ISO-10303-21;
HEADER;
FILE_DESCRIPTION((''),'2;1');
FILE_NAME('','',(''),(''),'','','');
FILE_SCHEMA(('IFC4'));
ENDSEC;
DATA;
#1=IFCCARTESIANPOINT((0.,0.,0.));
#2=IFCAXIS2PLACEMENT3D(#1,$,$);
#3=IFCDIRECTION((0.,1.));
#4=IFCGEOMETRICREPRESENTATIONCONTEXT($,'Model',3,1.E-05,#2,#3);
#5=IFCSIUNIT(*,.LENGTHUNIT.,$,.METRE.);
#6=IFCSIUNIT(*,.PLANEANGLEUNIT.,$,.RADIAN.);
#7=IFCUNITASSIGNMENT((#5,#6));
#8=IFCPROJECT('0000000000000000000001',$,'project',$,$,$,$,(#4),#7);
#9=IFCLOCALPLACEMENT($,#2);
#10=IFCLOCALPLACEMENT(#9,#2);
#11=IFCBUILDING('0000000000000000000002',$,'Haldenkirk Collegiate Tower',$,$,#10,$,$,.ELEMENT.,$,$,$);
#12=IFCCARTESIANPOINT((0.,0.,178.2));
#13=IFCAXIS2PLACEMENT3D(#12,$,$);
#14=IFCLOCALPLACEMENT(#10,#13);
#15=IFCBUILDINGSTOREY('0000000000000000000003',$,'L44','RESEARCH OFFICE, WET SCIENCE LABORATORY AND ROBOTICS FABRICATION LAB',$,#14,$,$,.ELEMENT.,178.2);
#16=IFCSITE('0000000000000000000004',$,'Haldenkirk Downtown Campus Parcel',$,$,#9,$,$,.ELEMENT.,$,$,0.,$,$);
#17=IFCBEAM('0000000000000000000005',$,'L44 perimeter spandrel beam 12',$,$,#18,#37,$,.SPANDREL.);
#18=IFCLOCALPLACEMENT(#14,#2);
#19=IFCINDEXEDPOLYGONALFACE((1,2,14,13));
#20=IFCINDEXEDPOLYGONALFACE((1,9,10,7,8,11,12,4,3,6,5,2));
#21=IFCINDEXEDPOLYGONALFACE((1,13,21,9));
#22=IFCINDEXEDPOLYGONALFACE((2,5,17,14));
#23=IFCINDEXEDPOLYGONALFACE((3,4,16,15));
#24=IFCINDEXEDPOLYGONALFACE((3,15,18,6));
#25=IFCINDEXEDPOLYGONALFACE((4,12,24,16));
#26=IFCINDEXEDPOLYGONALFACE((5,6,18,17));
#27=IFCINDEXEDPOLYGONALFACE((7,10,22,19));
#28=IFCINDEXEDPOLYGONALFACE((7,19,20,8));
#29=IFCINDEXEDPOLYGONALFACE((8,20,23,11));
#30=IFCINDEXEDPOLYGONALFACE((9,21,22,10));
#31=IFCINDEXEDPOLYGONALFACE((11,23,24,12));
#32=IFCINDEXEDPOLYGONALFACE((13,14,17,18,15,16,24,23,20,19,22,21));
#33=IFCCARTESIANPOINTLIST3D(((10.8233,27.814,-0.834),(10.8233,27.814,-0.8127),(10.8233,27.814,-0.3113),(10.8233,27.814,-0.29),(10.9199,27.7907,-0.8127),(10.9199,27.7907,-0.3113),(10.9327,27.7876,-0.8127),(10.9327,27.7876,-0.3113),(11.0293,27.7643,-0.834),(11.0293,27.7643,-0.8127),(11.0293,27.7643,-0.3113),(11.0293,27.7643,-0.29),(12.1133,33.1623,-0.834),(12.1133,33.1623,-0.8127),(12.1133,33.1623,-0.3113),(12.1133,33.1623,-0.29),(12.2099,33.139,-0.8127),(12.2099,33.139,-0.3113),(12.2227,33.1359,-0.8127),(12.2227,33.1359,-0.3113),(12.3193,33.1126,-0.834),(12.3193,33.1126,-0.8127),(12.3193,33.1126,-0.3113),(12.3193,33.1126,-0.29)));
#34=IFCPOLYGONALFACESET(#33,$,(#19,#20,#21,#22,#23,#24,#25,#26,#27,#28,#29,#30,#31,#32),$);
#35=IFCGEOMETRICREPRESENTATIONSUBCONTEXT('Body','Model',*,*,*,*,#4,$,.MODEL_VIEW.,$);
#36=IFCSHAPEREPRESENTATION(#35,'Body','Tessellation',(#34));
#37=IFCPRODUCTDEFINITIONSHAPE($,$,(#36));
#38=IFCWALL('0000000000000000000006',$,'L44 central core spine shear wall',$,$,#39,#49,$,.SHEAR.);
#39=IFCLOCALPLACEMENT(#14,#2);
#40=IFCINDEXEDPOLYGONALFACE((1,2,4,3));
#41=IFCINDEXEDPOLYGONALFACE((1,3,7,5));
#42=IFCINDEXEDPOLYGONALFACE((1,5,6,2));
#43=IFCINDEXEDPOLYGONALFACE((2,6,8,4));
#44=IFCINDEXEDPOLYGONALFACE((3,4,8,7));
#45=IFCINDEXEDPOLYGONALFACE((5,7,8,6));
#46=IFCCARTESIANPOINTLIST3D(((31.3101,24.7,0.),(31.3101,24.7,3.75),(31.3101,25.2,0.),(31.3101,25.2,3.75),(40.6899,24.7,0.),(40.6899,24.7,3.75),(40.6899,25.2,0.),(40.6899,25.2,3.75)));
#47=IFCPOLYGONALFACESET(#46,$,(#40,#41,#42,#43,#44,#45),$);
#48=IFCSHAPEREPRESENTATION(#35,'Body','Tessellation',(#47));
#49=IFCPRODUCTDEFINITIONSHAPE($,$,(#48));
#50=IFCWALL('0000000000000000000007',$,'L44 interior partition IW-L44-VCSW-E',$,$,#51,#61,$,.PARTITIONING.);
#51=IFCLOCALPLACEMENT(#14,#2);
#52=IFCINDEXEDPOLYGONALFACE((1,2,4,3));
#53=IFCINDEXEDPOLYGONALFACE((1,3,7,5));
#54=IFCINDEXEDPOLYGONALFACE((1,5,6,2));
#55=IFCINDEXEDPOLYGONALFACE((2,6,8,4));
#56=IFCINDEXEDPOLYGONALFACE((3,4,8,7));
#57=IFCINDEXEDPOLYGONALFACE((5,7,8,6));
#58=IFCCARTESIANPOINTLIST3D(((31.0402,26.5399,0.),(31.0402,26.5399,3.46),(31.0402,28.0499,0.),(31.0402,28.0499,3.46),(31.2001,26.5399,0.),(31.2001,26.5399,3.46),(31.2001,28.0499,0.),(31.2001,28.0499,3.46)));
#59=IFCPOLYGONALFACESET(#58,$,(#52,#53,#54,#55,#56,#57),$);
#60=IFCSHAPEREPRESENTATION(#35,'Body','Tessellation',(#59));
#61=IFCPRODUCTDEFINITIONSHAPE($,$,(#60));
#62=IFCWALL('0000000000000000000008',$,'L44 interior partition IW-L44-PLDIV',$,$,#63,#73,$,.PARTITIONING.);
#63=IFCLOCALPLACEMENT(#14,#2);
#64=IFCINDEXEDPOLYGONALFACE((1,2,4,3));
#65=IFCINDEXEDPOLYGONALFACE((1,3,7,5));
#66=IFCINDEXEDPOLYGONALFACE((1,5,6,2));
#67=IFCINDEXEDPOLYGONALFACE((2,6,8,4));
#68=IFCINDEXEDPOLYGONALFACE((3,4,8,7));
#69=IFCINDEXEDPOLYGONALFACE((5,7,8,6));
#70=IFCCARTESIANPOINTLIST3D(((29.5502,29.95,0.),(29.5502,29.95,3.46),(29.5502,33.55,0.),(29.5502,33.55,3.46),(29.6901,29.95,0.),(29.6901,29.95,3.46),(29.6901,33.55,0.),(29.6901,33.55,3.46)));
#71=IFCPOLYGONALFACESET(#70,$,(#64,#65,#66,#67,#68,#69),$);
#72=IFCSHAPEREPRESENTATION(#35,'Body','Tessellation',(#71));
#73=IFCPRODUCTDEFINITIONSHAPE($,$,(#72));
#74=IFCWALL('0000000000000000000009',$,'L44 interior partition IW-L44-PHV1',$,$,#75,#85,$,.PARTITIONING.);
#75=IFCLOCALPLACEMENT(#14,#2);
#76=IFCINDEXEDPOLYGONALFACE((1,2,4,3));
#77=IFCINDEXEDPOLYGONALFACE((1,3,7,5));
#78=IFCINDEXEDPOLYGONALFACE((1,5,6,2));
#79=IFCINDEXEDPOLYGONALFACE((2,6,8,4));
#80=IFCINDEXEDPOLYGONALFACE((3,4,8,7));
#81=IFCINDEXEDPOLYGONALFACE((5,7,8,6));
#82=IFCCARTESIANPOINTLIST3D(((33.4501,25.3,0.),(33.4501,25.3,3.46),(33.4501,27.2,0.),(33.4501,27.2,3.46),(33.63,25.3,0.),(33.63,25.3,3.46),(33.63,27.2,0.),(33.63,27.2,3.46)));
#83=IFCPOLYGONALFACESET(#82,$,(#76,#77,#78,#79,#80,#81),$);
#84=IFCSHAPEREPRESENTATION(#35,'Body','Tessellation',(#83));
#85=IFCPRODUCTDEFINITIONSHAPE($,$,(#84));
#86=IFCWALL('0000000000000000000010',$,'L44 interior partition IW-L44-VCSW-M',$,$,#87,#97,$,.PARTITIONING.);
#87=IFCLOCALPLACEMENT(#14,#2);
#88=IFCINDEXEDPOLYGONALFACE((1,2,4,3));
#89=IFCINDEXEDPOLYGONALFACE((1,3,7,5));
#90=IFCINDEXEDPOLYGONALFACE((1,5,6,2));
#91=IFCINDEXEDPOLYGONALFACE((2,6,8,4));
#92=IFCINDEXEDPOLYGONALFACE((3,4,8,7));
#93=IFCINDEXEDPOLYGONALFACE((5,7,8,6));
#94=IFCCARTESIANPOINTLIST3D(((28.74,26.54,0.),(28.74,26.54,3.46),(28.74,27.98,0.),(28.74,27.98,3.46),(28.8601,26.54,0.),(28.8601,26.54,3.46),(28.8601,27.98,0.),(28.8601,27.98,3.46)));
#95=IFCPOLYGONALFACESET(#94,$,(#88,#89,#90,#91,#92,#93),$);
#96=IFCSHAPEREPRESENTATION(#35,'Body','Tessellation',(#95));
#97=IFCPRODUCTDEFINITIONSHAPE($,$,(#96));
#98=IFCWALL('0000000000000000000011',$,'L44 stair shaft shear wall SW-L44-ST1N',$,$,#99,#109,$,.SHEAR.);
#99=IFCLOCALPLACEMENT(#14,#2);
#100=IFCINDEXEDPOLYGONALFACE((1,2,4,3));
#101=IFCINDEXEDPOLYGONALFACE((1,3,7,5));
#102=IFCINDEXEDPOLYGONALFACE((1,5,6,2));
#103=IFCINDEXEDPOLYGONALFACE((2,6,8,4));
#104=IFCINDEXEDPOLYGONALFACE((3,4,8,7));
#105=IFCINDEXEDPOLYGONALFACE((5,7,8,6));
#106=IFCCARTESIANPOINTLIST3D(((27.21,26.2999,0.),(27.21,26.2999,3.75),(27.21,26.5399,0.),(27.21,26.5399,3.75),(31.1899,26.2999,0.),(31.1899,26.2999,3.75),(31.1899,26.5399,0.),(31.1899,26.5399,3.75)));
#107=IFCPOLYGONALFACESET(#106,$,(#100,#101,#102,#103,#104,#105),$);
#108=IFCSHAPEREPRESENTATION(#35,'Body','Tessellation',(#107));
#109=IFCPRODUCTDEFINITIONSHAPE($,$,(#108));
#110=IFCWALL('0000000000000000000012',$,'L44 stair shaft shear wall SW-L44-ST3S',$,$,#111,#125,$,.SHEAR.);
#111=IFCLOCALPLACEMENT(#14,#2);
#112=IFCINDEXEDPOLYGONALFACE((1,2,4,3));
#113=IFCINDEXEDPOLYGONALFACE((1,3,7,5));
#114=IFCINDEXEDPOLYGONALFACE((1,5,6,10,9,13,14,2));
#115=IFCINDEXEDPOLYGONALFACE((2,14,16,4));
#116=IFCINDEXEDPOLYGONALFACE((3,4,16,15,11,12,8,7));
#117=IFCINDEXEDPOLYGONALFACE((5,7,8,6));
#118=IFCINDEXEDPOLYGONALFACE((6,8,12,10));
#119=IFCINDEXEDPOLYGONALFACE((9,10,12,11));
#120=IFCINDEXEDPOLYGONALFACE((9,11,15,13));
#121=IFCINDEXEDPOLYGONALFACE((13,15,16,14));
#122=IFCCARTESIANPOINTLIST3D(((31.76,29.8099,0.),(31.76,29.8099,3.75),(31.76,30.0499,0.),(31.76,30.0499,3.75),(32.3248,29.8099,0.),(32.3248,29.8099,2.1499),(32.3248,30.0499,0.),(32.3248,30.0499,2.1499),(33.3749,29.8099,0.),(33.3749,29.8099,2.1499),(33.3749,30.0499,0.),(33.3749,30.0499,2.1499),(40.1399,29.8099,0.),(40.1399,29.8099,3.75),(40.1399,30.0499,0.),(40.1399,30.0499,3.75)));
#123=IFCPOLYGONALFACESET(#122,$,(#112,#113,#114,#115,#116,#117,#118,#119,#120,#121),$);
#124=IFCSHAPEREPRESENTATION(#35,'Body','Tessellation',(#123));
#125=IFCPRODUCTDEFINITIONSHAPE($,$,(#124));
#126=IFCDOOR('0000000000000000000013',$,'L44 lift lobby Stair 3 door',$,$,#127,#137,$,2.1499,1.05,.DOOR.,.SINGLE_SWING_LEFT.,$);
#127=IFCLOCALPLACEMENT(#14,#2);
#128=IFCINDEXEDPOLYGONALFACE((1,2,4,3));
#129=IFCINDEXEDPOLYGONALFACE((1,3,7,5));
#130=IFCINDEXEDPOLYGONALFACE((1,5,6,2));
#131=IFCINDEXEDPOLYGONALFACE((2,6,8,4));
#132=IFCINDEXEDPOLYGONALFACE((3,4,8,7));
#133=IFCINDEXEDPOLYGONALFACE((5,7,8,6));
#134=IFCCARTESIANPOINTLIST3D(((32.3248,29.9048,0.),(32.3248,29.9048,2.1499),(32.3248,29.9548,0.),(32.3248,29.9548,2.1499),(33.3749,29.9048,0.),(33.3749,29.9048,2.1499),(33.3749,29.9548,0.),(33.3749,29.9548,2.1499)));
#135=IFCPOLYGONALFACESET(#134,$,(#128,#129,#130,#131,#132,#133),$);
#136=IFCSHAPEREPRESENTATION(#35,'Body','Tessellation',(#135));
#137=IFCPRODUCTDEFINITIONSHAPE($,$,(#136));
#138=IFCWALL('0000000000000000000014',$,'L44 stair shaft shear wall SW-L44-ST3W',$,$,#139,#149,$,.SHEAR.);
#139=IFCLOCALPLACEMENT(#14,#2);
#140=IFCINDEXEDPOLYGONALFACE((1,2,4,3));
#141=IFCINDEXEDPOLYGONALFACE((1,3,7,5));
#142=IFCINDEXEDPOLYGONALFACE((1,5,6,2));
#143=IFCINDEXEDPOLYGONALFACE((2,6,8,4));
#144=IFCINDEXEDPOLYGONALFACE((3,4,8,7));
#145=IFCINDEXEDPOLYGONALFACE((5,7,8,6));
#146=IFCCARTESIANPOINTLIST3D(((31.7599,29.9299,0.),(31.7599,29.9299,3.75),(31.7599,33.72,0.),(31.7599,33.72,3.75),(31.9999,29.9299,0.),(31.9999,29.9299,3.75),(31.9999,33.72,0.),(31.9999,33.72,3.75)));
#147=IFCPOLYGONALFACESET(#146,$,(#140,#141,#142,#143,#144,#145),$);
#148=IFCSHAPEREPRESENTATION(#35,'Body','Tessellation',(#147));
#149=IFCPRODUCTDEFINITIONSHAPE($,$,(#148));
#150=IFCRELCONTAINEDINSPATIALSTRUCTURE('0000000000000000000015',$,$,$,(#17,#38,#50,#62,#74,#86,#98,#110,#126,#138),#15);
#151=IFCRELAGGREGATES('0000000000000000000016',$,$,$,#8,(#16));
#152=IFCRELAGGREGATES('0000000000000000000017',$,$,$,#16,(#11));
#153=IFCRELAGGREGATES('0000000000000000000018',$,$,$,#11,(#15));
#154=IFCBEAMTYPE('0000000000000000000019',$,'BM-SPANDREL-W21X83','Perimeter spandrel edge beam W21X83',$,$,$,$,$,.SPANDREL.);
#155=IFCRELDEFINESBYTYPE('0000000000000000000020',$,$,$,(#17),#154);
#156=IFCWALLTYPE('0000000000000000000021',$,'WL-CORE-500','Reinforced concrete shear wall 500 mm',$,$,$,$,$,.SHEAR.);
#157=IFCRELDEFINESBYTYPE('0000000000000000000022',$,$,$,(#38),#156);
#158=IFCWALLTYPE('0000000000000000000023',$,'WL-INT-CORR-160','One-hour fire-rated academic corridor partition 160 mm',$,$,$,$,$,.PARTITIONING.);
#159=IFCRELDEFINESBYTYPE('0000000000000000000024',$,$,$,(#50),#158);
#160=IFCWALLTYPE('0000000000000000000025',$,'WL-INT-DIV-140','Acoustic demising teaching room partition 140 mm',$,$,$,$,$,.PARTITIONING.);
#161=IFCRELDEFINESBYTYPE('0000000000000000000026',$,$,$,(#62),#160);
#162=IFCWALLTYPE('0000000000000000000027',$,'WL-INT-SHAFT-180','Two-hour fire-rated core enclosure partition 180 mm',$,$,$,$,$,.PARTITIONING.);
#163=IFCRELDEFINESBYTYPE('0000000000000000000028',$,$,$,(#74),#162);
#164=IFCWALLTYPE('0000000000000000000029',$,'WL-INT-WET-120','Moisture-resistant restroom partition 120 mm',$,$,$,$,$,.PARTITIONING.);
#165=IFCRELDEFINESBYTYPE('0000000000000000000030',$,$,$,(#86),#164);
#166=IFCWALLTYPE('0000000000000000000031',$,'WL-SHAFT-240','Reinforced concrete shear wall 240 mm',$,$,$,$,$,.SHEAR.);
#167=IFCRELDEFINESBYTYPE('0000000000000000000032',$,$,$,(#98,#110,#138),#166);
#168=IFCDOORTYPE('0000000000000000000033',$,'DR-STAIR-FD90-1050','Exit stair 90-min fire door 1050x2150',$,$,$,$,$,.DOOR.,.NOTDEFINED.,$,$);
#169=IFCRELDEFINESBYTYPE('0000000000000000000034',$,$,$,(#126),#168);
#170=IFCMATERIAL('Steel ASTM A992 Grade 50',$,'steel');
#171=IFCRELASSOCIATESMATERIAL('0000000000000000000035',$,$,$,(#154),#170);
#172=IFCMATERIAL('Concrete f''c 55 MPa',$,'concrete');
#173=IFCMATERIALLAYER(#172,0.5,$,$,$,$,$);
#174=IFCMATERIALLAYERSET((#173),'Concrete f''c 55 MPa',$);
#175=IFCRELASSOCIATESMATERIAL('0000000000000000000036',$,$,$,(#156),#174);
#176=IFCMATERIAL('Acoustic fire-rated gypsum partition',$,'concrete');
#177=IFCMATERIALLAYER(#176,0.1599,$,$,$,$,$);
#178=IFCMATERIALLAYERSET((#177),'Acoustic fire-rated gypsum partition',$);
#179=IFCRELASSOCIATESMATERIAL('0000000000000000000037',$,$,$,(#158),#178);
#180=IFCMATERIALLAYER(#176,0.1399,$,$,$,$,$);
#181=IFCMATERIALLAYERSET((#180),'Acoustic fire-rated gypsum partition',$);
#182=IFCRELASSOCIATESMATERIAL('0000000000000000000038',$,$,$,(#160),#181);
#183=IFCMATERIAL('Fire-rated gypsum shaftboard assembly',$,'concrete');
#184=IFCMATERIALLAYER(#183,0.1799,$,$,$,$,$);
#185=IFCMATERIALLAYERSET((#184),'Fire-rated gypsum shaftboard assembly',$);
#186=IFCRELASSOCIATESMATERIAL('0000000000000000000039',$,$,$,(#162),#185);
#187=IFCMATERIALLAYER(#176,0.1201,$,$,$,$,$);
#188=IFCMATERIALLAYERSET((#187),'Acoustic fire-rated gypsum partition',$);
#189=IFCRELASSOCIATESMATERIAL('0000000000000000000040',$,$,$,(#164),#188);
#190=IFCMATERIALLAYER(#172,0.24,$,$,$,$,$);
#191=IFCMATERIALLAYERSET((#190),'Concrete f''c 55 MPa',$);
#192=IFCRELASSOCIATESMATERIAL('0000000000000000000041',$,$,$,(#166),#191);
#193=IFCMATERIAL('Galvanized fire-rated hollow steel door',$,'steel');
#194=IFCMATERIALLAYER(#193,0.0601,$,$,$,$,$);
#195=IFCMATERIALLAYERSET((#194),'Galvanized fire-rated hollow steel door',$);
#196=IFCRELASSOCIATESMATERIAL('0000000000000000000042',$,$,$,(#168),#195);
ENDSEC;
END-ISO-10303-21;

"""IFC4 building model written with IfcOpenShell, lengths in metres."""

from ifc_helpers import new_model, si_unit, direction, frame, frame_2d, origin, origin_2d, place, context, subcontext, project, spatial, rectangle, i_section, extrude, material, layer, layer_set, material_profile, profile_set, type_object, element, fill, save


model = new_model("IFC4")

# Units and contexts
model_context = context("Model", 3, precision=1e-05, world=origin(), true_north=direction((0.0, 1.0)))
body_context = subcontext(model_context, "Body", "Model", "MODEL_VIEW")
ifc_project = project(units=[si_unit("LENGTHUNIT", "METRE"), si_unit("PLANEANGLEUNIT", "RADIAN")], contexts=[model_context])

# Site, building, storey
site_placement = place(None, origin())
site = spatial("IfcSite", under=ifc_project, at=site_placement, Name="Haldenkirk Downtown Campus Parcel", CompositionType="ELEMENT", RefElevation=0.0)
building_placement = place(site_placement, origin())
building = spatial("IfcBuilding", under=site, at=building_placement, Name="Haldenkirk Collegiate Tower", CompositionType="ELEMENT")
storey_placement = place(building_placement, frame((0.0, 0.0, 178.2)))
storey = spatial("IfcBuildingStorey", under=building, at=storey_placement, Name="L44", Description="RESEARCH OFFICE, WET SCIENCE LABORATORY AND ROBOTICS FABRICATION LAB", CompositionType="ELEMENT", Elevation=178.2)

# Beam
ifc_material_1 = material(Name="Steel ASTM A992 Grade 50", Category="steel")
ifc_material_profile = material_profile(ifc_material_1, i_section(OverallWidth=0.2119, OverallDepth=0.5439, WebThickness=0.0132, FlangeThickness=0.0212, at=origin_2d()), Name="W21X83")
ifc_profile_set = profile_set([ifc_material_profile], Name="Steel ASTM A992 Grade 50")
beam_type = type_object("IfcBeamType", Name="BM-SPANDREL-W21X83", Description="Perimeter spandrel edge beam W21X83", PredefinedType="SPANDREL", material=ifc_profile_set)
beam_placement = place(storey_placement, frame((12.2163, 33.1375, -0.562), z_axis=(-0.234477, -0.972122, 0.0), x_axis=(0.972122, -0.234477, 0.0)))
element("IfcBeam", 1, at=beam_placement, inside=storey, type_object=beam_type, Name="L44 perimeter spandrel beam 12", PredefinedType="SPANDREL", context=body_context, shape_type="SweptSolid", body=[
    extrude(i_section(OverallWidth=0.2119, OverallDepth=0.5439, WebThickness=0.0132, FlangeThickness=0.0212, at=origin_2d()), origin(), (0.0, 0.0, 1.0), 5.5017),
])

# Wall
ifc_material_2 = material(Name="Concrete f'c 55 MPa", Category="concrete")
ifc_layer_1 = layer(ifc_material_2, 0.5)
ifc_layer_set_1 = layer_set([ifc_layer_1], Name="Concrete f'c 55 MPa")
wall_type_1 = type_object("IfcWallType", Name="WL-CORE-500", Description="Reinforced concrete shear wall 500 mm", PredefinedType="SHEAR", material=ifc_layer_set_1)
wall_1_placement = place(storey_placement, frame((31.3101, 24.95, 0.0), z_axis=(0.0, 0.0, 1.0), x_axis=(1.0, 0.0, 0.0)))
element("IfcWall", 2, at=wall_1_placement, inside=storey, type_object=wall_type_1, Name="L44 central core spine shear wall", PredefinedType="SHEAR", context=body_context, shape_type="SweptSolid", body=[
    extrude(rectangle(XDim=9.3799, YDim=0.5, at=frame_2d((4.6899, 0.0))), origin(), (0.0, 0.0, 1.0), 3.75),
])

# Shared definitions
ifc_material_3 = material(Name="Acoustic fire-rated gypsum partition", Category="concrete")
ifc_layer_2 = layer(ifc_material_3, 0.1599)
ifc_layer_set_2 = layer_set([ifc_layer_2], Name="Acoustic fire-rated gypsum partition")
wall_type_2 = type_object("IfcWallType", Name="WL-INT-CORR-160", Description="One-hour fire-rated academic corridor partition 160 mm", PredefinedType="PARTITIONING", material=ifc_layer_set_2)

# Wall
wall_2_placement = place(storey_placement, frame((31.1201, 26.54, 0.0), z_axis=(0.0, 0.0, 1.0), x_axis=(0.0, 1.0, 0.0)))
element("IfcWall", 3, at=wall_2_placement, inside=storey, type_object=wall_type_2, Name="L44 interior partition IW-L44-VCSW-E", PredefinedType="PARTITIONING", context=body_context, shape_type="SweptSolid", body=[
    extrude(rectangle(XDim=1.51, YDim=0.1599, at=frame_2d((0.7549, 0.0))), origin(), (0.0, 0.0, 1.0), 3.46),
])

# Wall
ifc_layer_3 = layer(ifc_material_3, 0.1399)
ifc_layer_set_3 = layer_set([ifc_layer_3], Name="Acoustic fire-rated gypsum partition")
wall_type_3 = type_object("IfcWallType", Name="WL-INT-DIV-140", Description="Acoustic demising teaching room partition 140 mm", PredefinedType="PARTITIONING", material=ifc_layer_set_3)
wall_3_placement = place(storey_placement, frame((29.6201, 29.95, 0.0), z_axis=(0.0, 0.0, 1.0), x_axis=(0.0, 1.0, 0.0)))
element("IfcWall", 4, at=wall_3_placement, inside=storey, type_object=wall_type_3, Name="L44 interior partition IW-L44-PLDIV", PredefinedType="PARTITIONING", context=body_context, shape_type="SweptSolid", body=[
    extrude(rectangle(XDim=3.6001, YDim=0.1399, at=frame_2d((1.8, 0.0))), origin(), (0.0, 0.0, 1.0), 3.46),
])

# Shared definitions
ifc_material_4 = material(Name="Fire-rated gypsum shaftboard assembly", Category="concrete")
ifc_layer_4 = layer(ifc_material_4, 0.1799)
ifc_layer_set_4 = layer_set([ifc_layer_4], Name="Fire-rated gypsum shaftboard assembly")
wall_type_4 = type_object("IfcWallType", Name="WL-INT-SHAFT-180", Description="Two-hour fire-rated core enclosure partition 180 mm", PredefinedType="PARTITIONING", material=ifc_layer_set_4)

# Wall
wall_4_placement = place(storey_placement, frame((33.54, 25.3, 0.0), z_axis=(0.0, 0.0, 1.0), x_axis=(0.0, 1.0, 0.0)))
element("IfcWall", 5, at=wall_4_placement, inside=storey, type_object=wall_type_4, Name="L44 interior partition IW-L44-PHV1", PredefinedType="PARTITIONING", context=body_context, shape_type="SweptSolid", body=[
    extrude(rectangle(XDim=1.8999, YDim=0.1799, at=frame_2d((0.95, 0.0))), origin(), (0.0, 0.0, 1.0), 3.46),
])

# Shared definitions
ifc_material_5 = material(Name="Galvanized fire-rated hollow steel door", Category="steel")

# Walls
ifc_layer_5 = layer(ifc_material_3, 0.1201)
ifc_layer_set_5 = layer_set([ifc_layer_5], Name="Acoustic fire-rated gypsum partition")
wall_type_5 = type_object("IfcWallType", Name="WL-INT-WET-120", Description="Moisture-resistant restroom partition 120 mm", PredefinedType="PARTITIONING", material=ifc_layer_set_5)
wall_5_placement = place(storey_placement, frame((28.8, 26.54, 0.0), z_axis=(0.0, 0.0, 1.0), x_axis=(0.0, 1.0, 0.0)))
element("IfcWall", 6, at=wall_5_placement, inside=storey, type_object=wall_type_5, Name="L44 interior partition IW-L44-VCSW-M", PredefinedType="PARTITIONING", context=body_context, shape_type="SweptSolid", body=[
    extrude(rectangle(XDim=1.4399, YDim=0.1201, at=frame_2d((0.72, 0.0))), origin(), (0.0, 0.0, 1.0), 3.46),
])
ifc_layer_6 = layer(ifc_material_2, 0.24)
ifc_layer_set_6 = layer_set([ifc_layer_6], Name="Concrete f'c 55 MPa")
wall_type_6 = type_object("IfcWallType", Name="WL-SHAFT-240", Description="Reinforced concrete shear wall 240 mm", PredefinedType="SHEAR", material=ifc_layer_set_6)
wall_6_placement = place(storey_placement, frame((27.21, 26.4199, 0.0), z_axis=(0.0, 0.0, 1.0), x_axis=(1.0, 0.0, 0.0)))
element("IfcWall", 7, at=wall_6_placement, inside=storey, type_object=wall_type_6, Name="L44 stair shaft shear wall SW-L44-ST1N", PredefinedType="SHEAR", context=body_context, shape_type="SweptSolid", body=[
    extrude(rectangle(XDim=3.98, YDim=0.24, at=frame_2d((1.99, 0.0))), origin(), (0.0, 0.0, 1.0), 3.75),
])

# Wall, opening, door
wall_7_placement = place(storey_placement, frame((31.76, 29.9299, 0.0), z_axis=(0.0, 0.0, 1.0), x_axis=(1.0, 0.0, 0.0)))
wall_7 = element("IfcWall", 8, at=wall_7_placement, inside=storey, type_object=wall_type_6, Name="L44 stair shaft shear wall SW-L44-ST3S", PredefinedType="SHEAR", context=body_context, shape_type="SweptSolid", body=[
    extrude(rectangle(XDim=8.3799, YDim=0.24, at=frame_2d((4.1899, 0.0))), origin(), (0.0, 0.0, 1.0), 3.75),
])
opening_1_placement = place(wall_7_placement, frame((0.5649, 0.0, 0.0)))
opening_1 = element("IfcOpeningElement", 9, at=opening_1_placement, cuts=wall_7, PredefinedType="OPENING", context=body_context, shape_type="SweptSolid", body=[
    extrude(rectangle(XDim=1.05, YDim=2.1499, at=frame_2d((0.5249, 1.075))), frame((0.0, 0.1299, 0.0), z_axis=(0.0, -1.0, 0.0), x_axis=(1.0, 0.0, 0.0)), (0.0, 0.0, 1.0), 0.26),
])
ifc_layer_7 = layer(ifc_material_5, 0.0601)
ifc_layer_set_7 = layer_set([ifc_layer_7], Name="Galvanized fire-rated hollow steel door")
door_type_1 = type_object("IfcDoorType", Name="DR-STAIR-FD90-1050", Description="Exit stair 90-min fire door 1050x2150", OperationType="NOTDEFINED", PredefinedType="DOOR", material=ifc_layer_set_7)
door_1_placement = place(opening_1_placement, origin())
door_1 = element("IfcDoor", 10, at=door_1_placement, inside=storey, type_object=door_type_1, Name="L44 lift lobby Stair 3 door", OperationType="SINGLE_SWING_LEFT", OverallHeight=2.1499, OverallWidth=1.05, PredefinedType="DOOR", context=body_context, shape_type="SweptSolid", body=[
    extrude(rectangle(XDim=1.05, YDim=2.1499, at=frame_2d((0.5249, 1.075))), frame((0.0, 0.0249, 0.0), z_axis=(0.0, -1.0, 0.0), x_axis=(1.0, 0.0, 0.0)), (0.0, 0.0, 1.0), 0.05),
])
fill(opening_1, door_1)

# Wall
wall_8_placement = place(storey_placement, frame((31.8799, 29.9299, 0.0), z_axis=(0.0, 0.0, 1.0), x_axis=(0.0, 1.0, 0.0)))
element("IfcWall", 11, at=wall_8_placement, inside=storey, type_object=wall_type_6, Name="L44 stair shaft shear wall SW-L44-ST3W", PredefinedType="SHEAR", context=body_context, shape_type="SweptSolid", body=[
    extrude(rectangle(XDim=3.79, YDim=0.24, at=frame_2d((1.895, 0.0))), origin(), (0.0, 0.0, 1.0), 3.75),
])

save(model, "model.ifc")
